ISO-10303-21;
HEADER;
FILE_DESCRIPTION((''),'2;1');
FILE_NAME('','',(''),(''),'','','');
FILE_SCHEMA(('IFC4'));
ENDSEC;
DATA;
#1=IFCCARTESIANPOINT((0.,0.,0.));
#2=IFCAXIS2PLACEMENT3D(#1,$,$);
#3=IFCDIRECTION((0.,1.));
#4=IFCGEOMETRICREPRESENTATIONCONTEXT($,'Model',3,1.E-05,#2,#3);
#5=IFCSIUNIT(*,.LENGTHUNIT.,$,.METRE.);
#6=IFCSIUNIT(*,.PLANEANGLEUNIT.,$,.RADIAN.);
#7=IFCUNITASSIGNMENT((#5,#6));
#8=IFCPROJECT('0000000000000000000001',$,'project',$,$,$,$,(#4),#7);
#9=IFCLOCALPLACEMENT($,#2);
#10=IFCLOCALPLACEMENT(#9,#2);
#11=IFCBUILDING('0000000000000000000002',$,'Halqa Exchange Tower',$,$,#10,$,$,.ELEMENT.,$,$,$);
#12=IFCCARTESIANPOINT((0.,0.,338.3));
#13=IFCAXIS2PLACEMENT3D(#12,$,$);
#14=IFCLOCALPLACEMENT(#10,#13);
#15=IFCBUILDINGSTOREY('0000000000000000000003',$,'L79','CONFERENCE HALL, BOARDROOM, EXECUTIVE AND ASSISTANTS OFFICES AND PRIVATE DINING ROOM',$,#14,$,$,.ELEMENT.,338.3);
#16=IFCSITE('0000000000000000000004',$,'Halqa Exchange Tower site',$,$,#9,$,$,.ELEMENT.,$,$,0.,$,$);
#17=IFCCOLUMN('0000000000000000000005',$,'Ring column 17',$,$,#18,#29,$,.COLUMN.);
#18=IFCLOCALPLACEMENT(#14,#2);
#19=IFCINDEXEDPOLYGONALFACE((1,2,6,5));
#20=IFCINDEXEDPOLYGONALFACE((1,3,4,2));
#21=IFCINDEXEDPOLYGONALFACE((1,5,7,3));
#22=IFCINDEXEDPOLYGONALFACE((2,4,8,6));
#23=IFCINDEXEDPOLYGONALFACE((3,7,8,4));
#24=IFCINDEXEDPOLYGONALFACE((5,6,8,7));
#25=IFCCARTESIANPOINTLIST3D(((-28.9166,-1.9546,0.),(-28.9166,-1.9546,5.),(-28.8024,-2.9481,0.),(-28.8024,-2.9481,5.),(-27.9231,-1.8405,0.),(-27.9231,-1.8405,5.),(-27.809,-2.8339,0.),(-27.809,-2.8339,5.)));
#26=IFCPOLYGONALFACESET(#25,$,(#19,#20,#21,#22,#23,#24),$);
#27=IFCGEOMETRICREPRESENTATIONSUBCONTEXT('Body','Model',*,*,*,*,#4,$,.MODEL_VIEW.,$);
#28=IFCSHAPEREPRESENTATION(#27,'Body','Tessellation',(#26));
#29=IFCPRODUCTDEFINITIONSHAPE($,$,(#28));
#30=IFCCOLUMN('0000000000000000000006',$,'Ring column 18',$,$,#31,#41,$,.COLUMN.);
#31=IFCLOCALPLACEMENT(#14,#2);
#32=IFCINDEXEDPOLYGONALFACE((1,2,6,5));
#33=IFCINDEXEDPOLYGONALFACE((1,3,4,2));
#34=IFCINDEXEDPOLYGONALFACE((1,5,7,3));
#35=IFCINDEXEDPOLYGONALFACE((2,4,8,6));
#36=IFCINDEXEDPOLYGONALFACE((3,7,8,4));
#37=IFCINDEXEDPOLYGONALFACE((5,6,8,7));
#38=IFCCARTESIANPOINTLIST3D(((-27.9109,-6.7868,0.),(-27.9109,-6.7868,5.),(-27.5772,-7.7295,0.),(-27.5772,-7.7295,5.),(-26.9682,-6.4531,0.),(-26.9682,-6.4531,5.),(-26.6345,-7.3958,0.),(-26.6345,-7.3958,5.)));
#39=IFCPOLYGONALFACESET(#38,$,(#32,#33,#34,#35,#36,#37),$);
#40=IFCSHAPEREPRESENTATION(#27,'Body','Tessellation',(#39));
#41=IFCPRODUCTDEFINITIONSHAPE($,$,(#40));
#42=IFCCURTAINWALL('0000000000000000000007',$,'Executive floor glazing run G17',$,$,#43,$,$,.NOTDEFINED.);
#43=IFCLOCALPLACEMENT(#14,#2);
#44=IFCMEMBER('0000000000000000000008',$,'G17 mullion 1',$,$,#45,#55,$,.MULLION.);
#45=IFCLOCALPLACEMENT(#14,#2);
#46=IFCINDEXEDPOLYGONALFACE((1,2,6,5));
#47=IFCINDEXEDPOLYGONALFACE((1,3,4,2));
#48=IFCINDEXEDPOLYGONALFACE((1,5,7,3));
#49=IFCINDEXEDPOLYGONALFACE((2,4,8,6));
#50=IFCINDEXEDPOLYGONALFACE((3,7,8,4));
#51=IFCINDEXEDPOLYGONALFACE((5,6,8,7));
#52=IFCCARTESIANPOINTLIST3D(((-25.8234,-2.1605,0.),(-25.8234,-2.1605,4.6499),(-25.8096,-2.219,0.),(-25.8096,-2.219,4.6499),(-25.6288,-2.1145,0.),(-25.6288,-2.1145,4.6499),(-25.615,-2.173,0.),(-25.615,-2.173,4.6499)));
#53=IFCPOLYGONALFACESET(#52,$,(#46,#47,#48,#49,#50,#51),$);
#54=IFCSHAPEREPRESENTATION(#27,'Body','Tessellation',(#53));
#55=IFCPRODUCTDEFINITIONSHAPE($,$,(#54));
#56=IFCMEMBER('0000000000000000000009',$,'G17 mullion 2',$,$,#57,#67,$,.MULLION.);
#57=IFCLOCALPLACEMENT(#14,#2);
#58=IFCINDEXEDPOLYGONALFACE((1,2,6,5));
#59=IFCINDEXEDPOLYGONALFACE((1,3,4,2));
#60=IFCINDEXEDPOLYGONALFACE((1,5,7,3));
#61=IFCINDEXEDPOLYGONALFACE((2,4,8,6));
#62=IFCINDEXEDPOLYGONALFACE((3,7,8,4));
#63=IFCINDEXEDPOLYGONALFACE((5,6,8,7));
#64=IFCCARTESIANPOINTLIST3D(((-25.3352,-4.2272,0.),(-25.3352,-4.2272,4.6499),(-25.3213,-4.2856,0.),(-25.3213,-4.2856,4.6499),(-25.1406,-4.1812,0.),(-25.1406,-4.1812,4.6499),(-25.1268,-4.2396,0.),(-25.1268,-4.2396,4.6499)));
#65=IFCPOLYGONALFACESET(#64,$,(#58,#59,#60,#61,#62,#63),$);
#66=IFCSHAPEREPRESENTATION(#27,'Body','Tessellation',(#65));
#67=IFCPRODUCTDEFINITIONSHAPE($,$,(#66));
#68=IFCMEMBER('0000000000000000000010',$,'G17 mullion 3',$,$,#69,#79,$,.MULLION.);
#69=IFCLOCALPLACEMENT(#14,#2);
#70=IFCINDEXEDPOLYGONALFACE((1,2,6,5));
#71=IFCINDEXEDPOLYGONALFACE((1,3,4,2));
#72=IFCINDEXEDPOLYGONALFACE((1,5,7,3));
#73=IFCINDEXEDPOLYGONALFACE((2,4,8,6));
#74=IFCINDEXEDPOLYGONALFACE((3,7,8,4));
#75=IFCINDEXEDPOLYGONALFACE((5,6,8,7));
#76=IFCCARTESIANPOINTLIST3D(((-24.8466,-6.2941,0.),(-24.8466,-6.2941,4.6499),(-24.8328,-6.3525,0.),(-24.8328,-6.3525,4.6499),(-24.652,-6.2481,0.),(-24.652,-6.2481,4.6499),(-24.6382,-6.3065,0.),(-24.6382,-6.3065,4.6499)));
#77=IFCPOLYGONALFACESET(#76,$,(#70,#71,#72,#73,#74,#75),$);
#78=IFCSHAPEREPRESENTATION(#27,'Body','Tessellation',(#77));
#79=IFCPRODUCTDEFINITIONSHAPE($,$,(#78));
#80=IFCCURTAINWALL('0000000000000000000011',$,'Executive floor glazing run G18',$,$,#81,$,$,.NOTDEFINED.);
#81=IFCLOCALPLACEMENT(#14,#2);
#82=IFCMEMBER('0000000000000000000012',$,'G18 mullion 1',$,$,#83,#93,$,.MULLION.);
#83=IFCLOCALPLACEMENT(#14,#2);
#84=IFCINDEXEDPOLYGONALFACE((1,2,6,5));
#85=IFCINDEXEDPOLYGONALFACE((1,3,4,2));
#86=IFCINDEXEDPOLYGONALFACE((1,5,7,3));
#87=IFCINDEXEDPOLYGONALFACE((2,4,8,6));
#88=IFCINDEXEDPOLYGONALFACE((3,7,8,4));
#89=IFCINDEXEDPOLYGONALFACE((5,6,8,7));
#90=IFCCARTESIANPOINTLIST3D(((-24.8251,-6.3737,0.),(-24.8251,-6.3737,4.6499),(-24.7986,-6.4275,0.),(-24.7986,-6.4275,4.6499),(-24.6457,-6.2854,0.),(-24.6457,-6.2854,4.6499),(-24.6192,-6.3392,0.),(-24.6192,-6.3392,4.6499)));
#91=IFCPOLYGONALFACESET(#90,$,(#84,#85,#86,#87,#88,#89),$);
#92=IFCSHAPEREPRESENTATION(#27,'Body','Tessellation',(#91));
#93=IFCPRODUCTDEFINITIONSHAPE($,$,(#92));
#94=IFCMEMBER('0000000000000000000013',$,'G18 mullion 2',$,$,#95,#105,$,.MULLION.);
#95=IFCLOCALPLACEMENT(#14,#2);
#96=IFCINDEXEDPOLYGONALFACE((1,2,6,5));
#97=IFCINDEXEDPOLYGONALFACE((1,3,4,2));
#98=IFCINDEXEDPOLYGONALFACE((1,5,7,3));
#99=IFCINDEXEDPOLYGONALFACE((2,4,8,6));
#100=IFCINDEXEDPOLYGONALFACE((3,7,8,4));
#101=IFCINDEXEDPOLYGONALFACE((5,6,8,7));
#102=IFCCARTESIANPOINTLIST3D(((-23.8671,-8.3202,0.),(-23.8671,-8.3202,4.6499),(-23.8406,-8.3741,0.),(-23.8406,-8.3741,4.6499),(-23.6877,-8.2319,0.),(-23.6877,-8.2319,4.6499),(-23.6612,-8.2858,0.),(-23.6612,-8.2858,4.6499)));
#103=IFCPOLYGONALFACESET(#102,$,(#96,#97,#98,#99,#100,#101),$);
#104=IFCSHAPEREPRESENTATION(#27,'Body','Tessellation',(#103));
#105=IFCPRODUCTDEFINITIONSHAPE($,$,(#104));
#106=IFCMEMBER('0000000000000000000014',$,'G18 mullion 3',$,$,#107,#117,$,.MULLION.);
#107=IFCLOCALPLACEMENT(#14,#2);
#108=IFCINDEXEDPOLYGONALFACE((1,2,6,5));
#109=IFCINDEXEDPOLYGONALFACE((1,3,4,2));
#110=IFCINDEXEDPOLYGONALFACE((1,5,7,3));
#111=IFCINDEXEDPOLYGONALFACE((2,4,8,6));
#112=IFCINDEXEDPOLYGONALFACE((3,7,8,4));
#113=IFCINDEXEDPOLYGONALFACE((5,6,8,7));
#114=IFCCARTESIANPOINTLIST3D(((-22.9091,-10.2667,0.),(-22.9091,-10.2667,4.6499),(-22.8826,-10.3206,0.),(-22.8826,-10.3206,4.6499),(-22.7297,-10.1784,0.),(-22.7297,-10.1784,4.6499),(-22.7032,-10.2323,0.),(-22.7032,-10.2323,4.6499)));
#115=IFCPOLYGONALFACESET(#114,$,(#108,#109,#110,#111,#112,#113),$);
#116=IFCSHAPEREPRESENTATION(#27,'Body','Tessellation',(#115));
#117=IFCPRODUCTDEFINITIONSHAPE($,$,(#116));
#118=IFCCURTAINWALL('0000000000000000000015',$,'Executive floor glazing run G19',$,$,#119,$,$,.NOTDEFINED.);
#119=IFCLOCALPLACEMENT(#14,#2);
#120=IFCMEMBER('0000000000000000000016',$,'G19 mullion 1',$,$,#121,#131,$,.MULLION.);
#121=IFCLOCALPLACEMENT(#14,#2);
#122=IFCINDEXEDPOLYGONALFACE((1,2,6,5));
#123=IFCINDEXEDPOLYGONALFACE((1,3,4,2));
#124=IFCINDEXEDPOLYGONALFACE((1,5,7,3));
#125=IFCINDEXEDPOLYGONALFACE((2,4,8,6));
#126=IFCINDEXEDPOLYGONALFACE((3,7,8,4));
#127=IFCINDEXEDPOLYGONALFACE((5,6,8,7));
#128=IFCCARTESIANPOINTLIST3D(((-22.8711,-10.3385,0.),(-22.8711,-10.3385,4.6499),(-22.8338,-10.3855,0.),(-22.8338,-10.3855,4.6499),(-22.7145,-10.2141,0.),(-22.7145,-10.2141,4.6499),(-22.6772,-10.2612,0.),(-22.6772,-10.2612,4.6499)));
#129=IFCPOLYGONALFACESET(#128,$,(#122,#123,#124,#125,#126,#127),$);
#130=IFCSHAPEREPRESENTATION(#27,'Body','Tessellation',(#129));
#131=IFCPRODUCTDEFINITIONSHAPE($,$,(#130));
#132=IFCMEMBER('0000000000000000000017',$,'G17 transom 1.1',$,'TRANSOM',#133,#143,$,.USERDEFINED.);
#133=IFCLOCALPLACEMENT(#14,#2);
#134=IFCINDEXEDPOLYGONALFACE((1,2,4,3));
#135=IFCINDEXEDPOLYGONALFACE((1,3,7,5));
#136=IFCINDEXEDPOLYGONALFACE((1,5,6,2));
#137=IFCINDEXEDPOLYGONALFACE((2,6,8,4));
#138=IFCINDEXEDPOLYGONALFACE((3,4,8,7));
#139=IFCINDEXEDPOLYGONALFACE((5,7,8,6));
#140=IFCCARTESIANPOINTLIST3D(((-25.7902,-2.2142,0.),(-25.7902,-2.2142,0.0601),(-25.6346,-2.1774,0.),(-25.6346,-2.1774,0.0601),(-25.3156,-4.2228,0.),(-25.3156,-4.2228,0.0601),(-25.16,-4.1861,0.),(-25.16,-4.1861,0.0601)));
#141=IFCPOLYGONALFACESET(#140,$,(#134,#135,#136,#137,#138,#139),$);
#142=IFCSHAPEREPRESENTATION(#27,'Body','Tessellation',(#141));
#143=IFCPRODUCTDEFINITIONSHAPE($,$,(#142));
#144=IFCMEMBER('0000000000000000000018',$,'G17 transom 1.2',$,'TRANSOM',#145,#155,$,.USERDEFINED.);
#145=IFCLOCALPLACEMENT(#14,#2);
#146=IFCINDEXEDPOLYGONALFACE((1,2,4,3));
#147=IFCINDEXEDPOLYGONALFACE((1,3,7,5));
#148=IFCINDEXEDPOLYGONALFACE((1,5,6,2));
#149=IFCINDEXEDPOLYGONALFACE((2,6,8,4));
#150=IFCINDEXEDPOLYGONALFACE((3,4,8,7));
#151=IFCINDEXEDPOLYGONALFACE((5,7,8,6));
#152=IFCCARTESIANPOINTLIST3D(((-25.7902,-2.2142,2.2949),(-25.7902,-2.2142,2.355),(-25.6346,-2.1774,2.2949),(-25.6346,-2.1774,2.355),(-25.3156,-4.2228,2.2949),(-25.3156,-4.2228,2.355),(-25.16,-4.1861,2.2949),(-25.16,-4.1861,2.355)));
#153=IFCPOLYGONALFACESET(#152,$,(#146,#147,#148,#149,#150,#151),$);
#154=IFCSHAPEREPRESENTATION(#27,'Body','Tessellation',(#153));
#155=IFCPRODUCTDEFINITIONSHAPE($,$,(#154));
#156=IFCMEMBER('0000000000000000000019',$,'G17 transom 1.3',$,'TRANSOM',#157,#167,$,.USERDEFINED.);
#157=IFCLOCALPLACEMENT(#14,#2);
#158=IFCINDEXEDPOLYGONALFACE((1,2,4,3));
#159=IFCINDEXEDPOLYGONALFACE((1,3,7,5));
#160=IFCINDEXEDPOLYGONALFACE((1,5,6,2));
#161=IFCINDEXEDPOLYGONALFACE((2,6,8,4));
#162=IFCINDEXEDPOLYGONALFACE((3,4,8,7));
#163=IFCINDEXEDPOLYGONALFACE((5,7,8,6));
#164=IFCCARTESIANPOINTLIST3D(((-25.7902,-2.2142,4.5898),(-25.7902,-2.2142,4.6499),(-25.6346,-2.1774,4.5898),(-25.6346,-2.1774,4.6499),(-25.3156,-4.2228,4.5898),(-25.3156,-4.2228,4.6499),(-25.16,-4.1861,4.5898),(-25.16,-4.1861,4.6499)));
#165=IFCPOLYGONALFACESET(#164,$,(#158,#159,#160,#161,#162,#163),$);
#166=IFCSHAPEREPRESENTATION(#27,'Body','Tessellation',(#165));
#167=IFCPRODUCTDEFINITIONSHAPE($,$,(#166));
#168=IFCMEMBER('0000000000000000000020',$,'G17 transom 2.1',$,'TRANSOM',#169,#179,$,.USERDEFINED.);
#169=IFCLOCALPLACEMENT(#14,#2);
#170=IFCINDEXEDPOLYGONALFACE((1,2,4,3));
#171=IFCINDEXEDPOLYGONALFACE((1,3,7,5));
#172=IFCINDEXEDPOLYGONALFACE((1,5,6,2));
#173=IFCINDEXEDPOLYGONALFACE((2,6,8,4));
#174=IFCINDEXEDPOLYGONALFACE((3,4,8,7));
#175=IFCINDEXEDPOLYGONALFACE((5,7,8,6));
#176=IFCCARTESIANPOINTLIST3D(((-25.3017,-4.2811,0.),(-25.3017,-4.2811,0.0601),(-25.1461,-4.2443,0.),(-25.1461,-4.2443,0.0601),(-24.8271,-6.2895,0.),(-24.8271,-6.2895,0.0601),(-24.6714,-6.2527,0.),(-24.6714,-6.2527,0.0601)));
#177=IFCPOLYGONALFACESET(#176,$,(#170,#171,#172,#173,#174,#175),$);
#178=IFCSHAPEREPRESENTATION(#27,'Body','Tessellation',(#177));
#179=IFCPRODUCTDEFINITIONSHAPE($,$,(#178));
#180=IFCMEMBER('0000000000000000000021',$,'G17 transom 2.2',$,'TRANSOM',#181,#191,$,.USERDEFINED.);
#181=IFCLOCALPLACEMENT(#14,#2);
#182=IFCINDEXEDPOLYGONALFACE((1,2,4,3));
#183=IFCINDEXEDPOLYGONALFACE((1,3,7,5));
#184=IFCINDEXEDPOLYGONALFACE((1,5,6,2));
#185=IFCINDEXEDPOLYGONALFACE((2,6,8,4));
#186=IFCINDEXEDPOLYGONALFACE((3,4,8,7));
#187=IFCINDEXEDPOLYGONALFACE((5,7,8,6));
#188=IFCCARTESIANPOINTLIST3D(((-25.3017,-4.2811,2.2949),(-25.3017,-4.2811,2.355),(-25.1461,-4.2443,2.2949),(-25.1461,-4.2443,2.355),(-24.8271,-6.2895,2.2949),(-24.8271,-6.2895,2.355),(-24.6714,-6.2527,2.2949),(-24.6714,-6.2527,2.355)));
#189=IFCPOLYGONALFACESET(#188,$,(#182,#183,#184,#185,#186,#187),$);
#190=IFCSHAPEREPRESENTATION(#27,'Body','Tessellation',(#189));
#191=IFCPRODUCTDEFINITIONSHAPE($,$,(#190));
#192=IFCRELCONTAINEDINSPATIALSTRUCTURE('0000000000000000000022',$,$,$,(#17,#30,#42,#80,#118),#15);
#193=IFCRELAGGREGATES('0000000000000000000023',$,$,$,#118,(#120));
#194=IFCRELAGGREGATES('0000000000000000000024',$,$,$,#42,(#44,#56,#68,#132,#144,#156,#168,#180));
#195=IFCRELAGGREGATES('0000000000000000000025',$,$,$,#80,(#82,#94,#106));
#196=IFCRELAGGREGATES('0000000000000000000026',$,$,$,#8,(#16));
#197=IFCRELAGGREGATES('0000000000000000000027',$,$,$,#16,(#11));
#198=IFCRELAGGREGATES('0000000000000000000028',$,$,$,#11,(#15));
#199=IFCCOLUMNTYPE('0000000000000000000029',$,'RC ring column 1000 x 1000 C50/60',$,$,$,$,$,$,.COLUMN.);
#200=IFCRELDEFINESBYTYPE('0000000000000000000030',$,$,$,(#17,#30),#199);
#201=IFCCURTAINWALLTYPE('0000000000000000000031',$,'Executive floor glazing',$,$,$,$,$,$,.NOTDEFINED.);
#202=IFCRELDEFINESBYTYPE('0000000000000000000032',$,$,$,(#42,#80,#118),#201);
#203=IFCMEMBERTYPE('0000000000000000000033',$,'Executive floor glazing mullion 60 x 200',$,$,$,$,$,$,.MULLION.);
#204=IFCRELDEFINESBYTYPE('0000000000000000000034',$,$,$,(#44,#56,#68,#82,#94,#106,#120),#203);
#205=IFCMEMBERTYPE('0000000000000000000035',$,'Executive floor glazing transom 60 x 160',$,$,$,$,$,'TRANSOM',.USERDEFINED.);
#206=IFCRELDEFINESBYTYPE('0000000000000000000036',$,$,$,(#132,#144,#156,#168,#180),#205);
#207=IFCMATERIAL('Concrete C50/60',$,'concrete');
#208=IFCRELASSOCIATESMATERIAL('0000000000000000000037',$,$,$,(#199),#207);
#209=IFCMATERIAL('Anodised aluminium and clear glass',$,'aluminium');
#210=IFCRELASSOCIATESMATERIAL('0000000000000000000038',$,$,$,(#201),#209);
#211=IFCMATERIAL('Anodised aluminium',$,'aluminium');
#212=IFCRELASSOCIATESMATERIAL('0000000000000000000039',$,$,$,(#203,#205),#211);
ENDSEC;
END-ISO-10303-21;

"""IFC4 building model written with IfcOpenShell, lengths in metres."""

from ifc_helpers import new_model, si_unit, direction, frame, origin, origin_2d, place, context, subcontext, project, spatial, rectangle, extrude, material, material_profile, profile_set, type_object, element, aggregate, save


model = new_model("IFC4")

# Units and contexts
model_context = context("Model", 3, precision=1e-05, world=origin(), true_north=direction((0.0, 1.0)))
body_context = subcontext(model_context, "Body", "Model", "MODEL_VIEW")
ifc_project = project(units=[si_unit("LENGTHUNIT", "METRE"), si_unit("PLANEANGLEUNIT", "RADIAN")], contexts=[model_context])

# Site, building, storey
site_placement = place(None, origin())
site = spatial("IfcSite", under=ifc_project, at=site_placement, Name="Halqa Exchange Tower site", CompositionType="ELEMENT", RefElevation=0.0)
building_placement = place(site_placement, origin())
building = spatial("IfcBuilding", under=site, at=building_placement, Name="Halqa Exchange Tower", CompositionType="ELEMENT")
storey_placement = place(building_placement, frame((0.0, 0.0, 338.3)))
storey = spatial("IfcBuildingStorey", under=building, at=storey_placement, Name="L79", Description="CONFERENCE HALL, BOARDROOM, EXECUTIVE AND ASSISTANTS OFFICES AND PRIVATE DINING ROOM", CompositionType="ELEMENT", Elevation=338.3)

# Columns
ifc_material_1 = material(Name="Concrete C50/60", Category="concrete")
ifc_material_profile_1 = material_profile(ifc_material_1, rectangle(XDim=1.0, YDim=1.0, at=origin_2d()), Name="1000 x 1000")
ifc_profile_set_1 = profile_set([ifc_material_profile_1], Name="Concrete C50/60")
column_type = type_object("IfcColumnType", Name="RC ring column 1000 x 1000 C50/60", PredefinedType="COLUMN", material=ifc_profile_set_1)
for number, where, z_axis, x_axis, name in (
    (1, (-28.3628, -2.3943, 0.0), (0.0, 0.0, 1.0), (0.11416, -0.993462, 0.0), "Ring column 17"),
    (2, (-27.2727, -7.0913, 0.0), (0.0, 0.0, 1.0), (0.333624, -0.942706, 0.0), "Ring column 18"),
):
    element("IfcColumn", number, at=place(storey_placement, frame(where, z_axis=z_axis, x_axis=x_axis)), inside=storey, type_object=column_type, Name=name, PredefinedType="COLUMN", context=body_context, shape_type="SweptSolid", body=[
        extrude(rectangle(XDim=1.0, YDim=1.0, at=origin_2d()), origin(), (0.0, 0.0, 1.0), 5.0),
    ])

# Curtain walls, members
ifc_material_2 = material(Name="Anodised aluminium and clear glass", Category="aluminium")
curtain_wall_type = type_object("IfcCurtainWallType", Name="Executive floor glazing", PredefinedType="NOTDEFINED", material=ifc_material_2)
curtain_wall_1_placement = place(storey_placement, origin())
curtain_wall_1 = element("IfcCurtainWall", 3, at=curtain_wall_1_placement, inside=storey, type_object=curtain_wall_type, Name="Executive floor glazing run G17", PredefinedType="NOTDEFINED")
ifc_material_3 = material(Name="Anodised aluminium", Category="aluminium")
ifc_material_profile_2 = material_profile(ifc_material_3, rectangle(XDim=0.2, YDim=0.0601, at=origin_2d()), Name="AL 60x200")
ifc_profile_set_2 = profile_set([ifc_material_profile_2], Name="Anodised aluminium")
member_type_1 = type_object("IfcMemberType", Name="Executive floor glazing mullion 60 x 200", PredefinedType="MULLION", material=ifc_profile_set_2)
member_1_placement = place(storey_placement, frame((-25.7192, -2.1667, 0.0), z_axis=(0.0, 0.0, 1.0), x_axis=(0.973192, 0.229995, 0.0)))
member_1 = element("IfcMember", 4, at=member_1_placement, type_object=member_type_1, Name="G17 mullion 1", PredefinedType="MULLION", context=body_context, shape_type="SweptSolid", body=[
    extrude(rectangle(XDim=0.2, YDim=0.0601, at=origin_2d()), origin(), (0.0, 0.0, 1.0), 4.6499),
])
member_2_placement = place(storey_placement, frame((-25.231, -4.2334, 0.0), z_axis=(0.0, 0.0, 1.0), x_axis=(0.973192, 0.229995, 0.0)))
member_2 = element("IfcMember", 5, at=member_2_placement, type_object=member_type_1, Name="G17 mullion 2", PredefinedType="MULLION", context=body_context, shape_type="SweptSolid", body=[
    extrude(rectangle(XDim=0.2, YDim=0.0601, at=origin_2d()), origin(), (0.0, 0.0, 1.0), 4.6499),
])
member_3_placement = place(storey_placement, frame((-24.7424, -6.3003, 0.0), z_axis=(0.0, 0.0, 1.0), x_axis=(0.973192, 0.229995, 0.0)))
member_3 = element("IfcMember", 6, at=member_3_placement, type_object=member_type_1, Name="G17 mullion 3", PredefinedType="MULLION", context=body_context, shape_type="SweptSolid", body=[
    extrude(rectangle(XDim=0.2, YDim=0.0601, at=origin_2d()), origin(), (0.0, 0.0, 1.0), 4.6499),
])
curtain_wall_2_placement = place(storey_placement, origin())
curtain_wall_2 = element("IfcCurtainWall", 7, at=curtain_wall_2_placement, inside=storey, type_object=curtain_wall_type, Name="Executive floor glazing run G18", PredefinedType="NOTDEFINED")
member_4_placement = place(storey_placement, frame((-24.7222, -6.3564, 0.0), z_axis=(0.0, 0.0, 1.0), x_axis=(0.897215, 0.441595, 0.0)))
member_4 = element("IfcMember", 8, at=member_4_placement, type_object=member_type_1, Name="G18 mullion 1", PredefinedType="MULLION", context=body_context, shape_type="SweptSolid", body=[
    extrude(rectangle(XDim=0.2, YDim=0.0601, at=origin_2d()), origin(), (0.0, 0.0, 1.0), 4.6499),
])
member_5_placement = place(storey_placement, frame((-23.7642, -8.303, 0.0), z_axis=(0.0, 0.0, 1.0), x_axis=(0.897215, 0.441595, 0.0)))
member_5 = element("IfcMember", 9, at=member_5_placement, type_object=member_type_1, Name="G18 mullion 2", PredefinedType="MULLION", context=body_context, shape_type="SweptSolid", body=[
    extrude(rectangle(XDim=0.2, YDim=0.0601, at=origin_2d()), origin(), (0.0, 0.0, 1.0), 4.6499),
])
member_6_placement = place(storey_placement, frame((-22.8062, -10.2495, 0.0), z_axis=(0.0, 0.0, 1.0), x_axis=(0.897215, 0.441595, 0.0)))
member_6 = element("IfcMember", 10, at=member_6_placement, type_object=member_type_1, Name="G18 mullion 3", PredefinedType="MULLION", context=body_context, shape_type="SweptSolid", body=[
    extrude(rectangle(XDim=0.2, YDim=0.0601, at=origin_2d()), origin(), (0.0, 0.0, 1.0), 4.6499),
])

# Curtain wall, member
curtain_wall_3_placement = place(storey_placement, origin())
curtain_wall_3 = element("IfcCurtainWall", 11, at=curtain_wall_3_placement, inside=storey, type_object=curtain_wall_type, Name="Executive floor glazing run G19", PredefinedType="NOTDEFINED")
member_7_placement = place(storey_placement, frame((-22.7742, -10.2998, 0.0), z_axis=(0.0, 0.0, 1.0), x_axis=(0.783162, 0.621817, 0.0)))
member_7 = element("IfcMember", 12, at=member_7_placement, type_object=member_type_1, Name="G19 mullion 1", PredefinedType="MULLION", context=body_context, shape_type="SweptSolid", body=[
    extrude(rectangle(XDim=0.2, YDim=0.0601, at=origin_2d()), origin(), (0.0, 0.0, 1.0), 4.6499),
])
aggregate(curtain_wall_3, [member_7])

# Members
ifc_material_profile_3 = material_profile(ifc_material_3, rectangle(XDim=0.1599, YDim=0.0601, at=origin_2d()), Name="AL 60x160")
ifc_profile_set_3 = profile_set([ifc_material_profile_3], Name="Anodised aluminium")
member_type_2 = type_object("IfcMemberType", Name="Executive floor glazing transom 60 x 160", ElementType="TRANSOM", PredefinedType="USERDEFINED", material=ifc_profile_set_3)
member_8_placement = place(storey_placement, frame((-25.7124, -2.1958, 0.03), z_axis=(0.229962, -0.9732, 0.0), x_axis=(0.9732, 0.229962, 0.0)))
member_8 = element("IfcMember", 13, at=member_8_placement, type_object=member_type_2, Name="G17 transom 1.1", ObjectType="TRANSOM", PredefinedType="USERDEFINED", context=body_context, shape_type="SweptSolid", body=[
    extrude(rectangle(XDim=0.1599, YDim=0.0601, at=origin_2d()), origin(), (0.0, 0.0, 1.0), 2.064),
])
member_9_placement = place(storey_placement, frame((-25.7124, -2.1958, 2.325), z_axis=(0.229962, -0.9732, 0.0), x_axis=(0.9732, 0.229962, 0.0)))
member_9 = element("IfcMember", 14, at=member_9_placement, type_object=member_type_2, Name="G17 transom 1.2", ObjectType="TRANSOM", PredefinedType="USERDEFINED", context=body_context, shape_type="SweptSolid", body=[
    extrude(rectangle(XDim=0.1599, YDim=0.0601, at=origin_2d()), origin(), (0.0, 0.0, 1.0), 2.064),
])
member_10_placement = place(storey_placement, frame((-25.7124, -2.1958, 4.6199), z_axis=(0.229962, -0.9732, 0.0), x_axis=(0.9732, 0.229962, 0.0)))
member_10 = element("IfcMember", 15, at=member_10_placement, type_object=member_type_2, Name="G17 transom 1.3", ObjectType="TRANSOM", PredefinedType="USERDEFINED", context=body_context, shape_type="SweptSolid", body=[
    extrude(rectangle(XDim=0.1599, YDim=0.0601, at=origin_2d()), origin(), (0.0, 0.0, 1.0), 2.064),
])
member_11_placement = place(storey_placement, frame((-25.2239, -4.2627, 0.03), z_axis=(0.229989, -0.973193, 0.0), x_axis=(0.973193, 0.229989, 0.0)))
member_11 = element("IfcMember", 16, at=member_11_placement, type_object=member_type_2, Name="G17 transom 2.1", ObjectType="TRANSOM", PredefinedType="USERDEFINED", context=body_context, shape_type="SweptSolid", body=[
    extrude(rectangle(XDim=0.1599, YDim=0.0601, at=origin_2d()), origin(), (0.0, 0.0, 1.0), 2.0637),
])
member_12_placement = place(storey_placement, frame((-25.2239, -4.2627, 2.325), z_axis=(0.229989, -0.973193, 0.0), x_axis=(0.973193, 0.229989, 0.0)))
member_12 = element("IfcMember", 17, at=member_12_placement, type_object=member_type_2, Name="G17 transom 2.2", ObjectType="TRANSOM", PredefinedType="USERDEFINED", context=body_context, shape_type="SweptSolid", body=[
    extrude(rectangle(XDim=0.1599, YDim=0.0601, at=origin_2d()), origin(), (0.0, 0.0, 1.0), 2.0637),
])

aggregate(curtain_wall_1, [member_1, member_2, member_3, member_8, member_9, member_10, member_11, member_12])
aggregate(curtain_wall_2, [member_4, member_5, member_6])

save(model, "model.ifc")
